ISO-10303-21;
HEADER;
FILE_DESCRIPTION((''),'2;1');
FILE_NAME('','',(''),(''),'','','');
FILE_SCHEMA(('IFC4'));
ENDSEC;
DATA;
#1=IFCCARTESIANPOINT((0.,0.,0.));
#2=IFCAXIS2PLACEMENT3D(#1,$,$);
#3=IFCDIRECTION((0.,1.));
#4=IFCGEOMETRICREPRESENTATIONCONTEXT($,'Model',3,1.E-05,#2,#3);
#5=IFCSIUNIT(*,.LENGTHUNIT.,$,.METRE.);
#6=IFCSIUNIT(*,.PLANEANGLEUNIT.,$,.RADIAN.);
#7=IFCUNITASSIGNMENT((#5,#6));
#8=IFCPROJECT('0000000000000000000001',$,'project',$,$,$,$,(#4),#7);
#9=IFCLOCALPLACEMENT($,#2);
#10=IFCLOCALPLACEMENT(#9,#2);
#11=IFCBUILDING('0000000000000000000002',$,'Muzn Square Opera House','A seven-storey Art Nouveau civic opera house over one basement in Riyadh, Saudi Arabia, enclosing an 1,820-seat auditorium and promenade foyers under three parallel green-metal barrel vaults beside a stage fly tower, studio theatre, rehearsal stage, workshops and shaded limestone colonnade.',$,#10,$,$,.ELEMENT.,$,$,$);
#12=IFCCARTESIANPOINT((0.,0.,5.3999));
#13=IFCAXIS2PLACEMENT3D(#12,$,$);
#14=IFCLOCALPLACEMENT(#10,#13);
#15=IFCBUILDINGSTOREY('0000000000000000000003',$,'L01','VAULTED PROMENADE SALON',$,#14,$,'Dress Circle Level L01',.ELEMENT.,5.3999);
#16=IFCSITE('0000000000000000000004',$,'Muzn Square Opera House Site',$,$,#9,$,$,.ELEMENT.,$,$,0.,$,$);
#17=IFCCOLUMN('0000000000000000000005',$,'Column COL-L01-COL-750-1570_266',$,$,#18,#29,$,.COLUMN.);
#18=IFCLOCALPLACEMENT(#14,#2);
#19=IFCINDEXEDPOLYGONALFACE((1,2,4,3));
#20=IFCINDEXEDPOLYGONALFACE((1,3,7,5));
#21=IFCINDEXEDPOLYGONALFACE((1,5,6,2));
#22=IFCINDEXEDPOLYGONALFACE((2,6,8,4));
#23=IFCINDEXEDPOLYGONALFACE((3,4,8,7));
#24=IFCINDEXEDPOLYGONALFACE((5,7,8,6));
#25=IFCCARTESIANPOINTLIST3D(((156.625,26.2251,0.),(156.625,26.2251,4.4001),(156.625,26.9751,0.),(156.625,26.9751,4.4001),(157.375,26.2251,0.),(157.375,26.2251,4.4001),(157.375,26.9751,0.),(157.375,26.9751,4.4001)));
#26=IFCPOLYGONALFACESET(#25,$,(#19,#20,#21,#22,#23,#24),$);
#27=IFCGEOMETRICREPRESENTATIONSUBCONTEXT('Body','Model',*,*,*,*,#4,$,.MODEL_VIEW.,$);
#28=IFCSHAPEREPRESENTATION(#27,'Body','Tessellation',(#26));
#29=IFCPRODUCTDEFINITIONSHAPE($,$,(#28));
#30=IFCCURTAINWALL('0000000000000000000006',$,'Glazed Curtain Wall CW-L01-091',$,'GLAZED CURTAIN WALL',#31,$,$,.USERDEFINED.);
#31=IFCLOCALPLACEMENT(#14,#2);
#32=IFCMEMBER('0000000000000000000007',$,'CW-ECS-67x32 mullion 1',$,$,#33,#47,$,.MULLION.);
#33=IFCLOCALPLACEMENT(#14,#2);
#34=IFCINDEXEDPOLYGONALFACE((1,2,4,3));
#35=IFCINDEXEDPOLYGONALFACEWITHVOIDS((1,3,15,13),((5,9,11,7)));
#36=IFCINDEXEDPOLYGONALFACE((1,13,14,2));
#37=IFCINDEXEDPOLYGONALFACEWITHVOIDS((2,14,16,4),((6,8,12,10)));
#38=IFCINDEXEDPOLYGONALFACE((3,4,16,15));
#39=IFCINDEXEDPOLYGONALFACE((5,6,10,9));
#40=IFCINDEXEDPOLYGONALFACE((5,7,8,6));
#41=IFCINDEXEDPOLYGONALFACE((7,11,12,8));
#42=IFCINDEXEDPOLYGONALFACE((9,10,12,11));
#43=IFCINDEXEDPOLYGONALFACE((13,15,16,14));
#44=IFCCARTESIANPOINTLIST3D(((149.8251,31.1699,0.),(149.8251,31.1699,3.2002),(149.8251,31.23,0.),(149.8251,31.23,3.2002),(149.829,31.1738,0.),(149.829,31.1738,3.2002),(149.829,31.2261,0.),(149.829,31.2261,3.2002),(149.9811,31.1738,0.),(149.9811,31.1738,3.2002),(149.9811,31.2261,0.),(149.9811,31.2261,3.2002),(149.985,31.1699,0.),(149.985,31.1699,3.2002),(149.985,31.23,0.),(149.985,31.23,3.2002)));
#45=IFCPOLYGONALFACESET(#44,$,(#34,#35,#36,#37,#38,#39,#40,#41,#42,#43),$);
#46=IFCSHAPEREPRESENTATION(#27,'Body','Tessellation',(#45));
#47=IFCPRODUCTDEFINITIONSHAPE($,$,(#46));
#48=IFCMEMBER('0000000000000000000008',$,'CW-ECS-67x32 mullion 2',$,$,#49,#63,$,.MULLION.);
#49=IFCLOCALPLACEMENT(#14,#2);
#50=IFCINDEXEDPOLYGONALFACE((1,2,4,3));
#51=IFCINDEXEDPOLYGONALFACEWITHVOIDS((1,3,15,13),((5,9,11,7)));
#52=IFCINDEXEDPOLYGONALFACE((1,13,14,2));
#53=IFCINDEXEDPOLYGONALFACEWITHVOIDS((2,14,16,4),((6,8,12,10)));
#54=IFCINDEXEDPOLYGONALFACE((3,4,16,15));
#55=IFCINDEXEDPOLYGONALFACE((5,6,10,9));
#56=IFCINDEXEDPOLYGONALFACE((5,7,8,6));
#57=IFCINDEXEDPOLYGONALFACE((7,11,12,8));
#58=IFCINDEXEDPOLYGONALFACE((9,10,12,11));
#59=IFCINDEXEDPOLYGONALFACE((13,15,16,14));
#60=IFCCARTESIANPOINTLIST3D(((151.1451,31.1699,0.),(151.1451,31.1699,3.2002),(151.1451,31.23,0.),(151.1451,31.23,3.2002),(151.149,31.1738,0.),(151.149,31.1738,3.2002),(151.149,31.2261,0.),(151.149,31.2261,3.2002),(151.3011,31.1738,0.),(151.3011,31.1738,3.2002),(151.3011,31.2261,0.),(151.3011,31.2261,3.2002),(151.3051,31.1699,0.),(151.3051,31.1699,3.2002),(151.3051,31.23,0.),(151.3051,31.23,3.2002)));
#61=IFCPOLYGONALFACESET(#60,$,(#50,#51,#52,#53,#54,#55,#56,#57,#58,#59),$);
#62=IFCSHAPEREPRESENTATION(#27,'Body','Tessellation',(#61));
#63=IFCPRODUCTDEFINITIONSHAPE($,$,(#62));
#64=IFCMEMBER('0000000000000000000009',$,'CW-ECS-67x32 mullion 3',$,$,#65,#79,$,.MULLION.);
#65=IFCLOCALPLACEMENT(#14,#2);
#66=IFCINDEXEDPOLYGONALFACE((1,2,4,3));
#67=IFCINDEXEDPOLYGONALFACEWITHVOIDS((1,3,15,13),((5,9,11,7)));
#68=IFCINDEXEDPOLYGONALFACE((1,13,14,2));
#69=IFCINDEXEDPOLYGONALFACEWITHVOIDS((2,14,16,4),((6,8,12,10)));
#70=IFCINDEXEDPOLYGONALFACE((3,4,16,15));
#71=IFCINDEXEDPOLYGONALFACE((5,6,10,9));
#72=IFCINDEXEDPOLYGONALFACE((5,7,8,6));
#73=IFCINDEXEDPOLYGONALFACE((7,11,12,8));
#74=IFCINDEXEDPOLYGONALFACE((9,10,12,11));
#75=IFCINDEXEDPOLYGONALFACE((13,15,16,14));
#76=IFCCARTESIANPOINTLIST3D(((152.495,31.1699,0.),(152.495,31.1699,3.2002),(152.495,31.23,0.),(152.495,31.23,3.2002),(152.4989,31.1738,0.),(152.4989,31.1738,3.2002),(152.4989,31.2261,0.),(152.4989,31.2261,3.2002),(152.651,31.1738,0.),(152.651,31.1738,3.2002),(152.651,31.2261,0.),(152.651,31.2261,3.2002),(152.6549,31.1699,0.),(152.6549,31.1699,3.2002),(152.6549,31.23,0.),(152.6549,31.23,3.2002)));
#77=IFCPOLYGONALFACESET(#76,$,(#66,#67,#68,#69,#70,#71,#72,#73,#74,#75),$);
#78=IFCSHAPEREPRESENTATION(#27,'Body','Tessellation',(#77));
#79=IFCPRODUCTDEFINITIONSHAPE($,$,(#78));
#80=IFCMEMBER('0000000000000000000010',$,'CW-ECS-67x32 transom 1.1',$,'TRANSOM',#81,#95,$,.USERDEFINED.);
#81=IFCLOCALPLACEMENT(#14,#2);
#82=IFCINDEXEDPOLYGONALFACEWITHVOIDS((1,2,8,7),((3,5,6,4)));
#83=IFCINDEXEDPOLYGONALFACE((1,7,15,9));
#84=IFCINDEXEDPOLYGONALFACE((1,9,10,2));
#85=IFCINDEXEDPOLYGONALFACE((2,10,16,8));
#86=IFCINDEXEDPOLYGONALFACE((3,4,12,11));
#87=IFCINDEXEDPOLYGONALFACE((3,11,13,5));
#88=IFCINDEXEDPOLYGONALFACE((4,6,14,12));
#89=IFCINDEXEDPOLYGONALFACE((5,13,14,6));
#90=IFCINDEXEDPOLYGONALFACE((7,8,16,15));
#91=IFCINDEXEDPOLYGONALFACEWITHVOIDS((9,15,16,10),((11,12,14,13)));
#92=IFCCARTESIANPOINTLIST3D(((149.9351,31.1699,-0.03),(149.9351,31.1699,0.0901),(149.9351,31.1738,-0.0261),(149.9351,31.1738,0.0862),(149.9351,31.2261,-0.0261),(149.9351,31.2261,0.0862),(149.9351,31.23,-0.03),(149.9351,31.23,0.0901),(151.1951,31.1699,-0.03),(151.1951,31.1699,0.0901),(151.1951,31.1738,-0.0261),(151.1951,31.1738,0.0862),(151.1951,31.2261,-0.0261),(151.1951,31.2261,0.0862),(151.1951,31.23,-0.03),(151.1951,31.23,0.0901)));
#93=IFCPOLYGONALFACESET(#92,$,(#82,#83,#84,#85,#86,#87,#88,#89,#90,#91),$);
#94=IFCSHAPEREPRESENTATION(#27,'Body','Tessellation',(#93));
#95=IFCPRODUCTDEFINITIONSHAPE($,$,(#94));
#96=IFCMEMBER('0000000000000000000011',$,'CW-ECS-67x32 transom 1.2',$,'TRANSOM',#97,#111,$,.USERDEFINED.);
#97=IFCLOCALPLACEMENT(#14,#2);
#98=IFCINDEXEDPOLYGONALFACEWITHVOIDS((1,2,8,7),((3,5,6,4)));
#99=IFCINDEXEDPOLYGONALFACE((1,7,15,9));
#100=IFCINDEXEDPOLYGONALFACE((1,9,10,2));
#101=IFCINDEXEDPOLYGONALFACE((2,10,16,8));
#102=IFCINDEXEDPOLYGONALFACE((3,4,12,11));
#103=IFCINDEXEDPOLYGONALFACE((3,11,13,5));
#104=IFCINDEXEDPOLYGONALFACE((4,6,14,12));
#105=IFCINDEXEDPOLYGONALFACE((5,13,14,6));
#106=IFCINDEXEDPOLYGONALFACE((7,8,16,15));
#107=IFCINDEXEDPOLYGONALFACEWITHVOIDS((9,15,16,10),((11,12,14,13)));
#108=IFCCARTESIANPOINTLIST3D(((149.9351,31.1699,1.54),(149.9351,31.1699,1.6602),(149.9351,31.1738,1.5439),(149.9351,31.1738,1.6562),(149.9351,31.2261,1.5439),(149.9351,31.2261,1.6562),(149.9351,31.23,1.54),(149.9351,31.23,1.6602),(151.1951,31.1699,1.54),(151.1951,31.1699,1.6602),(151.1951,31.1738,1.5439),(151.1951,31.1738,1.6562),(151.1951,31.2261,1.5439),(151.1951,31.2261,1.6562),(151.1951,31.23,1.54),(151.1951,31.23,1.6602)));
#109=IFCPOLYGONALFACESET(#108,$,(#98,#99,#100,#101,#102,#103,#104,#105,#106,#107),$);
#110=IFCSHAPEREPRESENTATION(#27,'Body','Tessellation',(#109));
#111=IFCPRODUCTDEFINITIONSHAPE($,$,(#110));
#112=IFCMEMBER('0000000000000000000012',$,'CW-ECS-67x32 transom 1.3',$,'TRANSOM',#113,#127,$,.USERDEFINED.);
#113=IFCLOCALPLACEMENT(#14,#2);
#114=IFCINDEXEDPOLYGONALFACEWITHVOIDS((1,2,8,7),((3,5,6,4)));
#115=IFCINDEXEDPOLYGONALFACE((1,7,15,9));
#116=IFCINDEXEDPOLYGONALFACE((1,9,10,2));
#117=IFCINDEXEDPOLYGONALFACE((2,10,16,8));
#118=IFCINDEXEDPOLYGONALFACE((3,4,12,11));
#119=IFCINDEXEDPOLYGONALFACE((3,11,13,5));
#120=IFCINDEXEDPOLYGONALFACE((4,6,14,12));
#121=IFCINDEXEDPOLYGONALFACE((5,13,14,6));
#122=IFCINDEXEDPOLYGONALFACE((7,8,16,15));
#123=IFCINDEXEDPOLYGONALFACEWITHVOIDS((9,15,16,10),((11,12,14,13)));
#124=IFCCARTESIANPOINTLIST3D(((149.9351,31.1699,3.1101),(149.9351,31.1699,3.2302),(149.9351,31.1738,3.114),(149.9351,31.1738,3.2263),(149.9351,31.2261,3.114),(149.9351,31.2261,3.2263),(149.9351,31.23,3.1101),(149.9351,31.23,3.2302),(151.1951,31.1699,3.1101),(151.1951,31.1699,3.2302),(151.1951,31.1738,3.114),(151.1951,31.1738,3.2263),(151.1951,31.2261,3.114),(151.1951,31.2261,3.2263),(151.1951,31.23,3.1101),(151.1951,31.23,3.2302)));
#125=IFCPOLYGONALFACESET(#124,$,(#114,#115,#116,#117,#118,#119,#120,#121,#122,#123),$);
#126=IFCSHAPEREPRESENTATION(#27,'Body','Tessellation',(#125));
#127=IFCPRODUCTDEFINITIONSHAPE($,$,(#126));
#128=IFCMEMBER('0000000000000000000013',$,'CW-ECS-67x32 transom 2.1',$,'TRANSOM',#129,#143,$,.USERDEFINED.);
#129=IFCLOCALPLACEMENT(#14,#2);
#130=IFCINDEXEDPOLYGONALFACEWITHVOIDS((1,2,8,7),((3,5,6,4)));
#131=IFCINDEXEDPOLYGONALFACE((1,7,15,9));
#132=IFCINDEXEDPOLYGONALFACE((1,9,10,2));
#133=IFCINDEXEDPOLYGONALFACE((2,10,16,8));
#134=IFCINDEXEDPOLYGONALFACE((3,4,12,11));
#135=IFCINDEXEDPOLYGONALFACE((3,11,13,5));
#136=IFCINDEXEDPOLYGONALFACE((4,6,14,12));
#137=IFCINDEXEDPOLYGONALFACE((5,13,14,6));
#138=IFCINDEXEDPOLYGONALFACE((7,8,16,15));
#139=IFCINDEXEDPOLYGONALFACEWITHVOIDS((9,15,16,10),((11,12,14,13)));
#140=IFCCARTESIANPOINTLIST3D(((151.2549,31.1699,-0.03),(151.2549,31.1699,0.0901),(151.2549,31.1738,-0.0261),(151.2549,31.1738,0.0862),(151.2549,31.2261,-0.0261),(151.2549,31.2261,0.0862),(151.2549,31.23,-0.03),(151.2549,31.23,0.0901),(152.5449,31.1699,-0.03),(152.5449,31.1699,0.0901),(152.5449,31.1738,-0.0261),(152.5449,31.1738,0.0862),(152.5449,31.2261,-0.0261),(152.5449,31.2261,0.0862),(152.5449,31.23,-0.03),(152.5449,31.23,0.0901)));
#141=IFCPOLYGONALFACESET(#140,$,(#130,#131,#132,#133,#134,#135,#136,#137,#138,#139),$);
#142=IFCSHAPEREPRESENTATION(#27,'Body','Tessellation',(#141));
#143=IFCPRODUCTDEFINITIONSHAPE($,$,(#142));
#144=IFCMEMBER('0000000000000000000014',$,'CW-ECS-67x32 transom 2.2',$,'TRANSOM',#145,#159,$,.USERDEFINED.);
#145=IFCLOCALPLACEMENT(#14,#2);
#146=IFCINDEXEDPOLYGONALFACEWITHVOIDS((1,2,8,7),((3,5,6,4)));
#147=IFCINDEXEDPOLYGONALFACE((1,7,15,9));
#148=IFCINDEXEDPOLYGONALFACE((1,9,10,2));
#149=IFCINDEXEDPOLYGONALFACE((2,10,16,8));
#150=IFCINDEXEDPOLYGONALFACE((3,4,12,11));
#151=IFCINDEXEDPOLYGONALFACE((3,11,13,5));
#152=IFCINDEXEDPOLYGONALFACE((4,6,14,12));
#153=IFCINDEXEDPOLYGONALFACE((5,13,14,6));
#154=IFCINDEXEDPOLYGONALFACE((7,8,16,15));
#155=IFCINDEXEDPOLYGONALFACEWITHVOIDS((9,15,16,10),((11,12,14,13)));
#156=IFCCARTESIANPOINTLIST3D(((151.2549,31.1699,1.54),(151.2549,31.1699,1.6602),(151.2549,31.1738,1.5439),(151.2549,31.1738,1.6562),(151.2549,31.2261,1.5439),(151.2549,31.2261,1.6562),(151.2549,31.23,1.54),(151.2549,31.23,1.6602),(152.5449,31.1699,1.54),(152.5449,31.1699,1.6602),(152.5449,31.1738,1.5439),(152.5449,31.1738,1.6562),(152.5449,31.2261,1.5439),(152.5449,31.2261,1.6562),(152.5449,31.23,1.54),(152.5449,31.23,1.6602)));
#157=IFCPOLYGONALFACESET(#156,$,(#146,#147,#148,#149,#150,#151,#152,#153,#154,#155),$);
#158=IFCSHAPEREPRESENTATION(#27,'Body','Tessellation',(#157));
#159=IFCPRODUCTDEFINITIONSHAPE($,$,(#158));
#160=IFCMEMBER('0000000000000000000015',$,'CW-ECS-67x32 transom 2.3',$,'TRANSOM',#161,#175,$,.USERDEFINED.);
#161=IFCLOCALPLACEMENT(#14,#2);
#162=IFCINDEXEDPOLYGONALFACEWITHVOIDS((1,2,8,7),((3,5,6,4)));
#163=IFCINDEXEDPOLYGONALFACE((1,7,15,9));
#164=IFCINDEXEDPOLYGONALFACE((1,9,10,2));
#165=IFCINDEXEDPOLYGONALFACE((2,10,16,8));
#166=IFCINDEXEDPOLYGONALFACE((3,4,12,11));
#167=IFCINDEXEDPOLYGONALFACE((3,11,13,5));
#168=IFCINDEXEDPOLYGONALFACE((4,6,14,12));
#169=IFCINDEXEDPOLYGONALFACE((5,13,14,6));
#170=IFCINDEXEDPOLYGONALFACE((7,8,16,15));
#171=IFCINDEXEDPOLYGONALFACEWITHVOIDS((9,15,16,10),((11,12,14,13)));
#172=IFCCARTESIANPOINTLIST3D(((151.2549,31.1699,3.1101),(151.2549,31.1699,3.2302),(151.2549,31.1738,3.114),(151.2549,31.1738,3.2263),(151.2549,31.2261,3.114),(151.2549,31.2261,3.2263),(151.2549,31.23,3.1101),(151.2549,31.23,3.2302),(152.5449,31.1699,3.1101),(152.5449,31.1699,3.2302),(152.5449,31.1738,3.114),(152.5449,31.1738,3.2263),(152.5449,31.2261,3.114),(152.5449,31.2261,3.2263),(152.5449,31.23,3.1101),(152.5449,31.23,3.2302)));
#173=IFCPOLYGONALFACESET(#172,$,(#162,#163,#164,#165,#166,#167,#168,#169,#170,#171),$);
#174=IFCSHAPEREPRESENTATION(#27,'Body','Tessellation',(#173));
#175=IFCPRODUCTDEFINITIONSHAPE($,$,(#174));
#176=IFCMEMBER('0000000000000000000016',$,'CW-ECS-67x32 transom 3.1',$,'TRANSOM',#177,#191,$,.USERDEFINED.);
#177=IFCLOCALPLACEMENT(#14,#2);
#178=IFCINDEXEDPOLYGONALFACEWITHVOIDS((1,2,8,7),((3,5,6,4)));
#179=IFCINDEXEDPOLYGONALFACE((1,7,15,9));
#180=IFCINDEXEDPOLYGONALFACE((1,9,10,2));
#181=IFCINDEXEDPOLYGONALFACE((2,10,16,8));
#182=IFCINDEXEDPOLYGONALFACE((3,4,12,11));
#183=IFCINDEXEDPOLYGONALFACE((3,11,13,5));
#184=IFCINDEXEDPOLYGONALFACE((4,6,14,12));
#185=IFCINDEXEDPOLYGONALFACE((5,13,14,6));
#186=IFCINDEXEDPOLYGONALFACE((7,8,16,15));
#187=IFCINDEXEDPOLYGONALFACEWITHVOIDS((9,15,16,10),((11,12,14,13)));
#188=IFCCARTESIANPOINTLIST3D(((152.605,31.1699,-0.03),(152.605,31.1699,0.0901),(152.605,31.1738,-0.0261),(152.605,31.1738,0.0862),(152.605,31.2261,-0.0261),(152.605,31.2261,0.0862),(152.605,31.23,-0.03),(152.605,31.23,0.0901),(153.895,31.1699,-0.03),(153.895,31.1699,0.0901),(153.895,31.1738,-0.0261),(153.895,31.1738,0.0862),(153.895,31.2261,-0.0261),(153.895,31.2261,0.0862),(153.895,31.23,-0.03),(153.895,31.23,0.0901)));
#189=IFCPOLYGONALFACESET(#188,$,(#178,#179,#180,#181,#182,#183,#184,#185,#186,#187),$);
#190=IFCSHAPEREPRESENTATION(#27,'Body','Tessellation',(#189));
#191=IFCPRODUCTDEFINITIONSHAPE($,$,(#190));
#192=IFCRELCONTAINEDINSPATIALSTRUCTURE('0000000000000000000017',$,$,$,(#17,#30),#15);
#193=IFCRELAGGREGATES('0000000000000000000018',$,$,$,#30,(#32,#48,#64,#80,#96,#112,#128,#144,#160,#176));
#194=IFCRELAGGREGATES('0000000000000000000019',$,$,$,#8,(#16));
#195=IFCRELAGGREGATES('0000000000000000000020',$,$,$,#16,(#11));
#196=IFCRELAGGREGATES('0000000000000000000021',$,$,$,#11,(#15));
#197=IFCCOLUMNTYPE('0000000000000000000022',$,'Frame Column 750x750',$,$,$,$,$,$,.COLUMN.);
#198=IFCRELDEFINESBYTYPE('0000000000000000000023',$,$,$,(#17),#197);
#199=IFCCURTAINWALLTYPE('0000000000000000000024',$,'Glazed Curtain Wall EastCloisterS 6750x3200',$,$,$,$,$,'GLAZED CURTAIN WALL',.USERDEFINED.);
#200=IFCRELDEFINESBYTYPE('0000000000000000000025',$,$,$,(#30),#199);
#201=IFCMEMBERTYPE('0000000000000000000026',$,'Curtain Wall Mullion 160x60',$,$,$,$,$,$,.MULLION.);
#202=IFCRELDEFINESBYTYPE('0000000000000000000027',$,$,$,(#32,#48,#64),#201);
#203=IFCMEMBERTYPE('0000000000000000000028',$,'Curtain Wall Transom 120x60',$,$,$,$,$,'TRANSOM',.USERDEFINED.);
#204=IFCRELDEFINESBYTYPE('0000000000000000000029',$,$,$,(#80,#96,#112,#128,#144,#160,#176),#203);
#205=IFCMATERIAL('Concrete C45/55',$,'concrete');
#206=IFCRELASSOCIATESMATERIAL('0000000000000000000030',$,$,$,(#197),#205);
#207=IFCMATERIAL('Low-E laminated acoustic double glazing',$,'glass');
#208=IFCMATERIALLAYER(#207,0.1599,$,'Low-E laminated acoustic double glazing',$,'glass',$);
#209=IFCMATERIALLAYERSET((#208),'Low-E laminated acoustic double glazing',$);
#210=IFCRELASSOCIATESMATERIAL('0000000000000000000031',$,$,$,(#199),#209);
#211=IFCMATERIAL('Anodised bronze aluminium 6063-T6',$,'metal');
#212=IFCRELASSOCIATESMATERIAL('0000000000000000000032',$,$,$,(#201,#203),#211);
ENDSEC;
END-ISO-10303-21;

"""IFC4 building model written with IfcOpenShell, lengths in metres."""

from ifc_helpers import new_model, si_unit, direction, frame, origin, origin_2d, place, context, subcontext, project, spatial, rectangle, hollow_rectangle, extrude, material, layer, layer_set, material_profile, profile_set, type_object, element, aggregate, save


model = new_model("IFC4")

# Units and contexts
model_context = context("Model", 3, precision=1e-05, world=origin(), true_north=direction((0.0, 1.0)))
body_context = subcontext(model_context, "Body", "Model", "MODEL_VIEW")
ifc_project = project(units=[si_unit("LENGTHUNIT", "METRE"), si_unit("PLANEANGLEUNIT", "RADIAN")], contexts=[model_context])

# Site, building, storey
site_placement = place(None, origin())
site = spatial("IfcSite", under=ifc_project, at=site_placement, Name="Muzn Square Opera House Site", CompositionType="ELEMENT", RefElevation=0.0)
building_placement = place(site_placement, origin())
building = spatial("IfcBuilding", under=site, at=building_placement, Name="Muzn Square Opera House", Description="A seven-storey Art Nouveau civic opera house over one basement in Riyadh, Saudi Arabia, enclosing an 1,820-seat auditorium and promenade foyers under three parallel green-metal barrel vaults beside a stage fly tower, studio theatre, rehearsal stage, workshops and shaded limestone colonnade.", CompositionType="ELEMENT")
storey_placement = place(building_placement, frame((0.0, 0.0, 5.3999)))
storey = spatial("IfcBuildingStorey", under=building, at=storey_placement, Name="L01", Description="VAULTED PROMENADE SALON", LongName="Dress Circle Level L01", CompositionType="ELEMENT", Elevation=5.3999)

# Column
ifc_material_1 = material(Name="Concrete C45/55", Category="concrete")
ifc_material_profile_1 = material_profile(ifc_material_1, rectangle(XDim=0.75, YDim=0.75, at=origin_2d()), Name="RC 750x750", Category="concrete")
ifc_profile_set_1 = profile_set([ifc_material_profile_1], Name="Concrete C45/55")
column_type = type_object("IfcColumnType", Name="Frame Column 750x750", PredefinedType="COLUMN", material=ifc_profile_set_1)
column_placement = place(storey_placement, frame((157.0, 26.6001, 0.0), z_axis=(0.0, 0.0, 1.0), x_axis=(1.0, 0.0, 0.0)))
element("IfcColumn", 1, at=column_placement, inside=storey, type_object=column_type, Name="Column COL-L01-COL-750-1570_266", PredefinedType="COLUMN", context=body_context, shape_type="SweptSolid", body=[
    extrude(rectangle(XDim=0.75, YDim=0.75, at=origin_2d()), origin(), (0.0, 0.0, 1.0), 4.4001),
])

# Curtain wall, members
ifc_material_2 = material(Name="Low-E laminated acoustic double glazing", Category="glass")
ifc_layer_1 = layer(ifc_material_2, 0.1599, Name="Low-E laminated acoustic double glazing", Category="glass")
ifc_layer_set_1 = layer_set([ifc_layer_1], Name="Low-E laminated acoustic double glazing")
curtain_wall_type = type_object("IfcCurtainWallType", Name="Glazed Curtain Wall EastCloisterS 6750x3200", ElementType="GLAZED CURTAIN WALL", PredefinedType="USERDEFINED", material=ifc_layer_set_1)
curtain_wall_placement = place(storey_placement, origin())
curtain_wall = element("IfcCurtainWall", 2, at=curtain_wall_placement, inside=storey, type_object=curtain_wall_type, Name="Glazed Curtain Wall CW-L01-091", ObjectType="GLAZED CURTAIN WALL", PredefinedType="USERDEFINED")
ifc_material_3 = material(Name="Anodised bronze aluminium 6063-T6", Category="metal")
ifc_material_profile_2 = material_profile(ifc_material_3, hollow_rectangle(XDim=0.0601, YDim=0.1599, WallThickness=0.0039, at=origin_2d()), Name="ALU 160x60x4", Category="metal")
ifc_profile_set_2 = profile_set([ifc_material_profile_2], Name="Anodised bronze aluminium 6063-T6")
member_type_1 = type_object("IfcMemberType", Name="Curtain Wall Mullion 160x60", PredefinedType="MULLION", material=ifc_profile_set_2)
member_1_placement = place(storey_placement, frame((149.905, 31.2, 0.0), z_axis=(0.0, 0.0, 1.0), x_axis=(0.0, 1.0, 0.0)))
member_1 = element("IfcMember", 3, at=member_1_placement, type_object=member_type_1, Name="CW-ECS-67x32 mullion 1", PredefinedType="MULLION", context=body_context, shape_type="SweptSolid", body=[
    extrude(hollow_rectangle(XDim=0.0601, YDim=0.1599, WallThickness=0.0039, at=origin_2d()), origin(), (0.0, 0.0, 1.0), 3.2002),
])
member_2_placement = place(storey_placement, frame((151.2251, 31.2, 0.0), z_axis=(0.0, 0.0, 1.0), x_axis=(0.0, 1.0, 0.0)))
member_2 = element("IfcMember", 4, at=member_2_placement, type_object=member_type_1, Name="CW-ECS-67x32 mullion 2", PredefinedType="MULLION", context=body_context, shape_type="SweptSolid", body=[
    extrude(hollow_rectangle(XDim=0.0601, YDim=0.1599, WallThickness=0.0039, at=origin_2d()), origin(), (0.0, 0.0, 1.0), 3.2002),
])
member_3_placement = place(storey_placement, frame((152.575, 31.2, 0.0), z_axis=(0.0, 0.0, 1.0), x_axis=(0.0, 1.0, 0.0)))
member_3 = element("IfcMember", 5, at=member_3_placement, type_object=member_type_1, Name="CW-ECS-67x32 mullion 3", PredefinedType="MULLION", context=body_context, shape_type="SweptSolid", body=[
    extrude(hollow_rectangle(XDim=0.0601, YDim=0.1599, WallThickness=0.0039, at=origin_2d()), origin(), (0.0, 0.0, 1.0), 3.2002),
])
ifc_material_profile_3 = material_profile(ifc_material_3, hollow_rectangle(XDim=0.0601, YDim=0.1201, WallThickness=0.0039, at=origin_2d()), Name="ALU 120x60x4", Category="metal")
ifc_profile_set_3 = profile_set([ifc_material_profile_3], Name="Anodised bronze aluminium 6063-T6")
member_type_2 = type_object("IfcMemberType", Name="Curtain Wall Transom 120x60", ElementType="TRANSOM", PredefinedType="USERDEFINED", material=ifc_profile_set_3)
member_4_placement = place(storey_placement, frame((149.9351, 31.2, 0.03), z_axis=(1.0, 0.0, 0.0), x_axis=(0.0, 1.0, 0.0)))
member_4 = element("IfcMember", 6, at=member_4_placement, type_object=member_type_2, Name="CW-ECS-67x32 transom 1.1", ObjectType="TRANSOM", PredefinedType="USERDEFINED", context=body_context, shape_type="SweptSolid", body=[
    extrude(hollow_rectangle(XDim=0.0601, YDim=0.1201, WallThickness=0.0039, at=origin_2d()), origin(), (0.0, 0.0, 1.0), 1.26),
])
member_5_placement = place(storey_placement, frame((149.9351, 31.2, 1.6001), z_axis=(1.0, 0.0, 0.0), x_axis=(0.0, 1.0, 0.0)))
member_5 = element("IfcMember", 7, at=member_5_placement, type_object=member_type_2, Name="CW-ECS-67x32 transom 1.2", ObjectType="TRANSOM", PredefinedType="USERDEFINED", context=body_context, shape_type="SweptSolid", body=[
    extrude(hollow_rectangle(XDim=0.0601, YDim=0.1201, WallThickness=0.0039, at=origin_2d()), origin(), (0.0, 0.0, 1.0), 1.26),
])
member_6_placement = place(storey_placement, frame((149.9351, 31.2, 3.1702), z_axis=(1.0, 0.0, 0.0), x_axis=(0.0, 1.0, 0.0)))
member_6 = element("IfcMember", 8, at=member_6_placement, type_object=member_type_2, Name="CW-ECS-67x32 transom 1.3", ObjectType="TRANSOM", PredefinedType="USERDEFINED", context=body_context, shape_type="SweptSolid", body=[
    extrude(hollow_rectangle(XDim=0.0601, YDim=0.1201, WallThickness=0.0039, at=origin_2d()), origin(), (0.0, 0.0, 1.0), 1.26),
])
member_7_placement = place(storey_placement, frame((151.2549, 31.2, 0.03), z_axis=(1.0, 0.0, 0.0), x_axis=(0.0, 1.0, 0.0)))
member_7 = element("IfcMember", 9, at=member_7_placement, type_object=member_type_2, Name="CW-ECS-67x32 transom 2.1", ObjectType="TRANSOM", PredefinedType="USERDEFINED", context=body_context, shape_type="SweptSolid", body=[
    extrude(hollow_rectangle(XDim=0.0601, YDim=0.1201, WallThickness=0.0039, at=origin_2d()), origin(), (0.0, 0.0, 1.0), 1.29),
])
member_8_placement = place(storey_placement, frame((151.2549, 31.2, 1.6001), z_axis=(1.0, 0.0, 0.0), x_axis=(0.0, 1.0, 0.0)))
member_8 = element("IfcMember", 10, at=member_8_placement, type_object=member_type_2, Name="CW-ECS-67x32 transom 2.2", ObjectType="TRANSOM", PredefinedType="USERDEFINED", context=body_context, shape_type="SweptSolid", body=[
    extrude(hollow_rectangle(XDim=0.0601, YDim=0.1201, WallThickness=0.0039, at=origin_2d()), origin(), (0.0, 0.0, 1.0), 1.29),
])
member_9_placement = place(storey_placement, frame((151.2549, 31.2, 3.1702), z_axis=(1.0, 0.0, 0.0), x_axis=(0.0, 1.0, 0.0)))
member_9 = element("IfcMember", 11, at=member_9_placement, type_object=member_type_2, Name="CW-ECS-67x32 transom 2.3", ObjectType="TRANSOM", PredefinedType="USERDEFINED", context=body_context, shape_type="SweptSolid", body=[
    extrude(hollow_rectangle(XDim=0.0601, YDim=0.1201, WallThickness=0.0039, at=origin_2d()), origin(), (0.0, 0.0, 1.0), 1.29),
])
member_10_placement = place(storey_placement, frame((152.605, 31.2, 0.03), z_axis=(1.0, 0.0, 0.0), x_axis=(0.0, 1.0, 0.0)))
member_10 = element("IfcMember", 12, at=member_10_placement, type_object=member_type_2, Name="CW-ECS-67x32 transom 3.1", ObjectType="TRANSOM", PredefinedType="USERDEFINED", context=body_context, shape_type="SweptSolid", body=[
    extrude(hollow_rectangle(XDim=0.0601, YDim=0.1201, WallThickness=0.0039, at=origin_2d()), origin(), (0.0, 0.0, 1.0), 1.29),
])

aggregate(curtain_wall, [member_1, member_2, member_3, member_4, member_5, member_6, member_7, member_8, member_9, member_10])

save(model, "model.ifc")
